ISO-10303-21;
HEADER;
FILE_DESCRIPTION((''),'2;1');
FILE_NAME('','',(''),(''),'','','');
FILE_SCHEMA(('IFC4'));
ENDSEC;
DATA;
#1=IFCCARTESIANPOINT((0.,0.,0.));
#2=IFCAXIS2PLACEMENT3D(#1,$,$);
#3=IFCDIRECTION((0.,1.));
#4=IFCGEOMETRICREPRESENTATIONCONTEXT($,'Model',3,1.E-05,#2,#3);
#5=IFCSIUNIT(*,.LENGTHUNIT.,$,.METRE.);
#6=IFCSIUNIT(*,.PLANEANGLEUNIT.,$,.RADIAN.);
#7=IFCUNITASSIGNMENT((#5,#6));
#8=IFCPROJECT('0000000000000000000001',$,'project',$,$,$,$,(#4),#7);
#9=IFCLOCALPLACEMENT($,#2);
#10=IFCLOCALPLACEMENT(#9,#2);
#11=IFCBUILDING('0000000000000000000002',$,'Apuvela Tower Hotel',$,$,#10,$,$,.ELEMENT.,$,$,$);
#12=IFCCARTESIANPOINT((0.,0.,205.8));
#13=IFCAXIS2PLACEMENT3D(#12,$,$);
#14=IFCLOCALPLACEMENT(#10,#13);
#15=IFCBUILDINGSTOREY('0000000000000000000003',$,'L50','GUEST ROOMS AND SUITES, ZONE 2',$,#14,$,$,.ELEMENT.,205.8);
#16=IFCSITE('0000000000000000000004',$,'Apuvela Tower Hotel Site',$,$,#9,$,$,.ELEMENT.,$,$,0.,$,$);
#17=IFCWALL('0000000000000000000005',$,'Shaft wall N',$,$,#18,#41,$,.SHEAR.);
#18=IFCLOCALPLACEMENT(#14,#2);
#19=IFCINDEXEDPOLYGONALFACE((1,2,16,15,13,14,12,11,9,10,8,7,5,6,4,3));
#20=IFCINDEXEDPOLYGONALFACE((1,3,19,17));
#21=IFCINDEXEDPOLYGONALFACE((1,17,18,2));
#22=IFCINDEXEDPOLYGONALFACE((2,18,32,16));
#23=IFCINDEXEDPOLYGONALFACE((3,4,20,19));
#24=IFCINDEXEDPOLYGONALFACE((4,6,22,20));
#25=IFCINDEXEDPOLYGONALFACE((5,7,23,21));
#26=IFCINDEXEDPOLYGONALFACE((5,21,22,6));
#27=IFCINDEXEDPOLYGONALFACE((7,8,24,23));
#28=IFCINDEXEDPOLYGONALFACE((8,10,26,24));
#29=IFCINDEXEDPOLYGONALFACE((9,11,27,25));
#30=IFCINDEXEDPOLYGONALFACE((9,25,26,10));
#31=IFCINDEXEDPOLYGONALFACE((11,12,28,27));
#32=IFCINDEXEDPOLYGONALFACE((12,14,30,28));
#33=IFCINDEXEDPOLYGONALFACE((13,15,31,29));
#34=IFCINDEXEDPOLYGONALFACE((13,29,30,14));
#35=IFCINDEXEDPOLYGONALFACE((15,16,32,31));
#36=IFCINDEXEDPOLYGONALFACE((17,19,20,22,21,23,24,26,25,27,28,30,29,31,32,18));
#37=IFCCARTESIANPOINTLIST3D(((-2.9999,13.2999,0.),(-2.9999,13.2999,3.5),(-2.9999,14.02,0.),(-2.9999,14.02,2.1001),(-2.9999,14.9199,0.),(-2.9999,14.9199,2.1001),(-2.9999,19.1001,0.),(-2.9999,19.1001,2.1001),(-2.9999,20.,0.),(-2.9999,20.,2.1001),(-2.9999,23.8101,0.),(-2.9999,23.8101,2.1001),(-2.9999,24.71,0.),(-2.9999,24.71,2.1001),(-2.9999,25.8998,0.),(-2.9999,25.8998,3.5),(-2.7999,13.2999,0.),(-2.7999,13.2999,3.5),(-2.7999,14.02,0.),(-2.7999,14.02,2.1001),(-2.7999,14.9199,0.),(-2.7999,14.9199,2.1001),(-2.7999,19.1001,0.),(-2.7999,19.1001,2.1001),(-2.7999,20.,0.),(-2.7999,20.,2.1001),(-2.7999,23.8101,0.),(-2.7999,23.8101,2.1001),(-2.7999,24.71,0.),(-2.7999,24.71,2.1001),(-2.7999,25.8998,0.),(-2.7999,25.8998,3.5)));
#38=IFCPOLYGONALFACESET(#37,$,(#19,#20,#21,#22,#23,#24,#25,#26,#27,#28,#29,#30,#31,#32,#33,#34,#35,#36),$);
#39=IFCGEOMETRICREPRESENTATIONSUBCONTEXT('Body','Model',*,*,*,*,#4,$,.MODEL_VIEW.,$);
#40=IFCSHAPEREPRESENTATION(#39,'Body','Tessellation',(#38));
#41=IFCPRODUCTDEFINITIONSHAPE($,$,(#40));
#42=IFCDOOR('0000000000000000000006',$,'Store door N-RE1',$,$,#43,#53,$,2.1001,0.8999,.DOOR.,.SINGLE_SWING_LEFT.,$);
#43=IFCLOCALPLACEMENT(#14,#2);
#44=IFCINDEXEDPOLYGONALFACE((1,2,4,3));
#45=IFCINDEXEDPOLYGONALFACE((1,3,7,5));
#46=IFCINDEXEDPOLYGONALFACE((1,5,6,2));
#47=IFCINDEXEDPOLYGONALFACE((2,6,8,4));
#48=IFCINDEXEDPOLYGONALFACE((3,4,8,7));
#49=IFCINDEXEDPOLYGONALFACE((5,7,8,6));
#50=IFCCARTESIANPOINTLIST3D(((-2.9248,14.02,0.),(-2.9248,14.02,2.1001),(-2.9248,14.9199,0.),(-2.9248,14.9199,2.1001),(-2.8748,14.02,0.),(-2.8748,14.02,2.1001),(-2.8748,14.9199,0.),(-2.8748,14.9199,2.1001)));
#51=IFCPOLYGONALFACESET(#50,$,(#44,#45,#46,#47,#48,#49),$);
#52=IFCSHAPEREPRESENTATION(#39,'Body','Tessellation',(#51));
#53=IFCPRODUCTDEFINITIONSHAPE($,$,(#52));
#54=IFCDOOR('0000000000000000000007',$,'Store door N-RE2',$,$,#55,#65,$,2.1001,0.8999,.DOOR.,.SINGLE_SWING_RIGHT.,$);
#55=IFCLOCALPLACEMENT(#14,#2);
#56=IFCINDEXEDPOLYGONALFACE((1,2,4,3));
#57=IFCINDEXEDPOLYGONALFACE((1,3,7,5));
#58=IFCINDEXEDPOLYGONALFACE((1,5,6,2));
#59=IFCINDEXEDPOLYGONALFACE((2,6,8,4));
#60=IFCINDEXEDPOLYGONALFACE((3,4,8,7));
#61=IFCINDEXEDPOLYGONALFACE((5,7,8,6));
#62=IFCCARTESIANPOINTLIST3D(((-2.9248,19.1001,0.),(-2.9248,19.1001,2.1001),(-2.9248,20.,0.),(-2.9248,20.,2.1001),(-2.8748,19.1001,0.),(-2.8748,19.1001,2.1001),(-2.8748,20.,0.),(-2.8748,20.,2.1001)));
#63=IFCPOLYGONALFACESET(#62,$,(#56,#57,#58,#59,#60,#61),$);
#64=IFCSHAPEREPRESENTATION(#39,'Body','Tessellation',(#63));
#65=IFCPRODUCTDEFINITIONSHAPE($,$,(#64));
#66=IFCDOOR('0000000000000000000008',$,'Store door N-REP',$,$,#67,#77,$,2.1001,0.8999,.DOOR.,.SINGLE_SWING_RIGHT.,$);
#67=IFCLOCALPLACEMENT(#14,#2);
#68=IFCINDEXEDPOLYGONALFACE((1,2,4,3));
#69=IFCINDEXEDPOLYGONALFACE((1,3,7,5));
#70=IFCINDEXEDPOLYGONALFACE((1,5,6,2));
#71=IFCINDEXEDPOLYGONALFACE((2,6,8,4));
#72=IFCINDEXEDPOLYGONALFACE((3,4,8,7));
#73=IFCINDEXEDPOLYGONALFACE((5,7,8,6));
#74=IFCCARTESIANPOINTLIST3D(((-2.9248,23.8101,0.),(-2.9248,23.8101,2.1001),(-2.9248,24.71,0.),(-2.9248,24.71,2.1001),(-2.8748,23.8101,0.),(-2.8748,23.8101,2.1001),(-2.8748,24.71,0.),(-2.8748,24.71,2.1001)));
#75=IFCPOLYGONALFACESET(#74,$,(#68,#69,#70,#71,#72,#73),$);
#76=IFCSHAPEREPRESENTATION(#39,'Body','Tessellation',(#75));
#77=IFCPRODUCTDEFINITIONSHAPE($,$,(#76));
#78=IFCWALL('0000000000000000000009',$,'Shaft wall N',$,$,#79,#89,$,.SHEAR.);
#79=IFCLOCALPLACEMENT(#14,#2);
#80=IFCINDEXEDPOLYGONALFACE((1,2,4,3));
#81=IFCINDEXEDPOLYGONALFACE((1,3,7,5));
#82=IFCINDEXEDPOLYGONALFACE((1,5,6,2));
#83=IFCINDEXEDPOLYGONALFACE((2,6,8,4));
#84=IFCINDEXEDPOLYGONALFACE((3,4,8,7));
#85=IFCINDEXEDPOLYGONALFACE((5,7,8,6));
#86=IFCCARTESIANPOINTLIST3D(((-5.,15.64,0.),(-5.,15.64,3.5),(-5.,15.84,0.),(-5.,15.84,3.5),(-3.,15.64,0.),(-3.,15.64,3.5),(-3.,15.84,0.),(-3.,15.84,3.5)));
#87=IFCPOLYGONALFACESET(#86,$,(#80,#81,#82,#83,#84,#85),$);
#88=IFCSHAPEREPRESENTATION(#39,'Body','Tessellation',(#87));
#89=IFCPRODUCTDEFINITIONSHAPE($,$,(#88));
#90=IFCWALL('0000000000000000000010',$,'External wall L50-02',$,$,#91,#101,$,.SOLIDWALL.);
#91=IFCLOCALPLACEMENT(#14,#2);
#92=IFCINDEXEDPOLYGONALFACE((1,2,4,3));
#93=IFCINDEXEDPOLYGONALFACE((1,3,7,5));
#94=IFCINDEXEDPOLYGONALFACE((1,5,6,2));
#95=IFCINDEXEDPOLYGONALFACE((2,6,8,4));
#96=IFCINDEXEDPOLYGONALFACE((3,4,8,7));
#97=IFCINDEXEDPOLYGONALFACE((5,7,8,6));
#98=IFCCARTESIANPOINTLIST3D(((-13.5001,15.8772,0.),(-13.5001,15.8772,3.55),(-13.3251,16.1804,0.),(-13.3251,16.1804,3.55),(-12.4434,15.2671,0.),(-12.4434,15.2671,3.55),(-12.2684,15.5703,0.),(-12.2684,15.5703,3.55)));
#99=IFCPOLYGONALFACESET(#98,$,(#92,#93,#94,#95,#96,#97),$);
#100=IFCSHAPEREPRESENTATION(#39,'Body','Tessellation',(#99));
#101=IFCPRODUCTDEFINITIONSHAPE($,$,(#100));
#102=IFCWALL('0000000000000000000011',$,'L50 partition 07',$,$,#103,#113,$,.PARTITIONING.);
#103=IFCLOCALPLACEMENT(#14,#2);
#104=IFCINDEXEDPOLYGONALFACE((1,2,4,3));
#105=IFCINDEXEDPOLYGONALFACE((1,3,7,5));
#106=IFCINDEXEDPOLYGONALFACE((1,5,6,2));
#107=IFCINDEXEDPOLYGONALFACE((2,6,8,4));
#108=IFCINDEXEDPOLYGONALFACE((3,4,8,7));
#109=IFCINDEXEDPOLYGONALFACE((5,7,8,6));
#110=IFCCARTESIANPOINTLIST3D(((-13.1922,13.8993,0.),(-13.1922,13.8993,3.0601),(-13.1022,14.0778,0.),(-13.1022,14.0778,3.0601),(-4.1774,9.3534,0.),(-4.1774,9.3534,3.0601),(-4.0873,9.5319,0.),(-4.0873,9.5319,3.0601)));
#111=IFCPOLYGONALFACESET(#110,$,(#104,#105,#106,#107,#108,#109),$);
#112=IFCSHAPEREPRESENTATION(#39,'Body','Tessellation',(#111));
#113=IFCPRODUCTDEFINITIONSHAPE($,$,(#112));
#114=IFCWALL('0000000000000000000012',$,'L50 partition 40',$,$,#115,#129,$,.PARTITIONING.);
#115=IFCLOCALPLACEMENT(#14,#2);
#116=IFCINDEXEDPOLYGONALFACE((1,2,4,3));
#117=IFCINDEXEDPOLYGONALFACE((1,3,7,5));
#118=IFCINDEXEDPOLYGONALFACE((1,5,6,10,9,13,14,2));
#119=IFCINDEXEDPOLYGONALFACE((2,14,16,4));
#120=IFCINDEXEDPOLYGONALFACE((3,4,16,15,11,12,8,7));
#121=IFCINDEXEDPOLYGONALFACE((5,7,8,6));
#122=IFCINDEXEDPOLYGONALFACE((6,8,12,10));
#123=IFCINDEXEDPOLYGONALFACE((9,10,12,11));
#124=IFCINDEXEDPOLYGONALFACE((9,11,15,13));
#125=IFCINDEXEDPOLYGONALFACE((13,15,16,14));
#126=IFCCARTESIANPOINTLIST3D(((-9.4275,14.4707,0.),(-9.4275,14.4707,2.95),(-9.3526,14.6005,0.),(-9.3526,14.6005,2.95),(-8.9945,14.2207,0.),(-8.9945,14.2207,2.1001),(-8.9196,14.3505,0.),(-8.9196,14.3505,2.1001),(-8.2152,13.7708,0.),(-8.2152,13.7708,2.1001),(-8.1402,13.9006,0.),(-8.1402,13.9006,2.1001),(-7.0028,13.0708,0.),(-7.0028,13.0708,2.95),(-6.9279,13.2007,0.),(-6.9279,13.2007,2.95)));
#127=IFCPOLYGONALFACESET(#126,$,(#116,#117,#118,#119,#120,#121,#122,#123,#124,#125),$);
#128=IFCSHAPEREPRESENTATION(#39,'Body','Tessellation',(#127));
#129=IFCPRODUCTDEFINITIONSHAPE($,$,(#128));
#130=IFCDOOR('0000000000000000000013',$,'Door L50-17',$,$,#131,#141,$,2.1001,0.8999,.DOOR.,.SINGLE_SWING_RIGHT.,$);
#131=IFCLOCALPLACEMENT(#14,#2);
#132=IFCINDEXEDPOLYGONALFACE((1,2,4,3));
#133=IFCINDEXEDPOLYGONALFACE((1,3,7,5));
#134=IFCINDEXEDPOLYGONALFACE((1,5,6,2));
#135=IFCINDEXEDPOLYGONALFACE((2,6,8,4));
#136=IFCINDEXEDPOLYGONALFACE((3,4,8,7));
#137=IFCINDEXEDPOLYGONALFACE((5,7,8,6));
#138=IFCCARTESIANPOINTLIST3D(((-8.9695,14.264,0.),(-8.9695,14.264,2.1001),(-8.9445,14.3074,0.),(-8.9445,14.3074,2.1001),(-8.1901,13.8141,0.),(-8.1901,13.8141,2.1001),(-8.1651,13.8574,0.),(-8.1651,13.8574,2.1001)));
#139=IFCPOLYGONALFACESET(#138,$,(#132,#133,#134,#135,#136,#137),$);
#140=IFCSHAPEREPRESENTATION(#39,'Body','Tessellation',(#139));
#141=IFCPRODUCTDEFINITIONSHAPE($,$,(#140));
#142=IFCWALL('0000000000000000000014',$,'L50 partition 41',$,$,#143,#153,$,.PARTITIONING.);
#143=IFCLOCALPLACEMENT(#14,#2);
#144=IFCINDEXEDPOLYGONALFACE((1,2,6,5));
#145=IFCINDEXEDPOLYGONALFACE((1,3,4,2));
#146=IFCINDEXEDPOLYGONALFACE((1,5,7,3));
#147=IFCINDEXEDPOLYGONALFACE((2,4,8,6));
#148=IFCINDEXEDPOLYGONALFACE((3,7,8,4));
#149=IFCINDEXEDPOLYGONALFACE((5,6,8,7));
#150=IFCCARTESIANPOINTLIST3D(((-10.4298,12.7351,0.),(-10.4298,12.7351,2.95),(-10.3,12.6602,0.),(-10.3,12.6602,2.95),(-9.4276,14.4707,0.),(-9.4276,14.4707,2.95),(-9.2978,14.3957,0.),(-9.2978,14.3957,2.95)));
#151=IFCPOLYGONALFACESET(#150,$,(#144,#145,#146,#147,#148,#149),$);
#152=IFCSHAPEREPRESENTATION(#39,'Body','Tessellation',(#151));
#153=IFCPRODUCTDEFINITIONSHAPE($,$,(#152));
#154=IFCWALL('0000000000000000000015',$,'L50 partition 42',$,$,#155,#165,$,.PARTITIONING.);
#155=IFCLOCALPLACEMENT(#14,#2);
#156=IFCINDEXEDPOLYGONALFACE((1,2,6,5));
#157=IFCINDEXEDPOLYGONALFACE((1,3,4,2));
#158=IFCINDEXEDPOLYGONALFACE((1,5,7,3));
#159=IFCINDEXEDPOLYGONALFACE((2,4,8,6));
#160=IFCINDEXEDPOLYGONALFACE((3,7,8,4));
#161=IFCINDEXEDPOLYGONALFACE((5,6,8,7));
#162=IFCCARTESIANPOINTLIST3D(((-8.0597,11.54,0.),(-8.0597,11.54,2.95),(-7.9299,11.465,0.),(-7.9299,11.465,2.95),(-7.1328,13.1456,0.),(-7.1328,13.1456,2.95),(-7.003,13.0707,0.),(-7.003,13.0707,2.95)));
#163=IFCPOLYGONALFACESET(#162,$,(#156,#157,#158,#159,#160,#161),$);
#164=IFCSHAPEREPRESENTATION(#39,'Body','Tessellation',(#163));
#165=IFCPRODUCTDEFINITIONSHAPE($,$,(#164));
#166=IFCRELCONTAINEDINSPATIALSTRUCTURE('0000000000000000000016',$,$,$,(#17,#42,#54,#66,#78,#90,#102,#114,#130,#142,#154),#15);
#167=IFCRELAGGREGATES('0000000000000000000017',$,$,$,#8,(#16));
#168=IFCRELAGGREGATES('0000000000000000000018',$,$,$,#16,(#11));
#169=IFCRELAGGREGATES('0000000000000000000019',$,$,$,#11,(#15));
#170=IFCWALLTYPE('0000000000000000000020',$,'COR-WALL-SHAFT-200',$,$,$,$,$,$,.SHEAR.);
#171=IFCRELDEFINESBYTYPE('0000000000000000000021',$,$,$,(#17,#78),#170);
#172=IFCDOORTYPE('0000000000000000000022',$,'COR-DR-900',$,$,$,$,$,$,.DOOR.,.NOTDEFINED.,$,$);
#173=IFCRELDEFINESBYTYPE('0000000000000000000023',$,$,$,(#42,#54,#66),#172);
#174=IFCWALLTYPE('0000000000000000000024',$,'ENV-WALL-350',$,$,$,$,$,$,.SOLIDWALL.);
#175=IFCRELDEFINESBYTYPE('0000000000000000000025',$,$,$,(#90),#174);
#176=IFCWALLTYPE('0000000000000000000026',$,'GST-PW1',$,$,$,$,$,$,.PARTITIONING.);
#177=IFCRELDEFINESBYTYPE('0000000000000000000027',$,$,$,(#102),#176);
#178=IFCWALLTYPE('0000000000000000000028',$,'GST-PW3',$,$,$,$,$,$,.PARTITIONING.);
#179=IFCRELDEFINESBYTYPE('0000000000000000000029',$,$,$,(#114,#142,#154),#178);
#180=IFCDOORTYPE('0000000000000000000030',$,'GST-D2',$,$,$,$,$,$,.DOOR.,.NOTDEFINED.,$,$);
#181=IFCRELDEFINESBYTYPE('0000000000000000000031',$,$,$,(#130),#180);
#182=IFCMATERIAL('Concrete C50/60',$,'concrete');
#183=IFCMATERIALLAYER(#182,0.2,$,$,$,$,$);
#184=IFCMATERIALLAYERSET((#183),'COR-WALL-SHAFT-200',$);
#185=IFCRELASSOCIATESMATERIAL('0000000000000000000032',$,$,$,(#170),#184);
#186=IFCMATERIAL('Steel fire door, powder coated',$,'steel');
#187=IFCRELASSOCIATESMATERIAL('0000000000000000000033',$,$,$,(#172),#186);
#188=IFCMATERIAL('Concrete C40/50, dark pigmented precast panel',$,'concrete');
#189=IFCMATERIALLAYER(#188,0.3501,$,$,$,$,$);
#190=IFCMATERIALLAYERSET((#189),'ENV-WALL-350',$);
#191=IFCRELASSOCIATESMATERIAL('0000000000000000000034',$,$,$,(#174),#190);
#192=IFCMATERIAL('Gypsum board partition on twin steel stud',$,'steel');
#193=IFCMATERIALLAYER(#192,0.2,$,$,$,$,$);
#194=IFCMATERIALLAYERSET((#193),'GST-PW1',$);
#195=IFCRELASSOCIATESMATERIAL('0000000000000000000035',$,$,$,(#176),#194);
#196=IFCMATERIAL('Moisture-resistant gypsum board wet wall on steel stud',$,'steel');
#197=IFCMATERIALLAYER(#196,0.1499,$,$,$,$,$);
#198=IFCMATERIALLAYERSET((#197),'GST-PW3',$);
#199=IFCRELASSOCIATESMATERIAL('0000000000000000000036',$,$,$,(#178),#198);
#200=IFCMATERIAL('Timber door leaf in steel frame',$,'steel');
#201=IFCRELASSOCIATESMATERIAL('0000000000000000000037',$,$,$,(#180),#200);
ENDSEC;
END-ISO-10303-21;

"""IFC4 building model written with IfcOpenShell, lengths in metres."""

from ifc_helpers import new_model, si_unit, direction, frame, frame_2d, origin, place, context, subcontext, project, spatial, rectangle, extrude, material, layer, layer_set, type_object, element, fill, save


model = new_model("IFC4")

# Units and contexts
model_context = context("Model", 3, precision=1e-05, world=origin(), true_north=direction((0.0, 1.0)))
body_context = subcontext(model_context, "Body", "Model", "MODEL_VIEW")
ifc_project = project(units=[si_unit("LENGTHUNIT", "METRE"), si_unit("PLANEANGLEUNIT", "RADIAN")], contexts=[model_context])

# Site, building, storey
site_placement = place(None, origin())
site = spatial("IfcSite", under=ifc_project, at=site_placement, Name="Apuvela Tower Hotel Site", CompositionType="ELEMENT", RefElevation=0.0)
building_placement = place(site_placement, origin())
building = spatial("IfcBuilding", under=site, at=building_placement, Name="Apuvela Tower Hotel", CompositionType="ELEMENT")
storey_placement = place(building_placement, frame((0.0, 0.0, 205.8)))
storey = spatial("IfcBuildingStorey", under=building, at=storey_placement, Name="L50", Description="GUEST ROOMS AND SUITES, ZONE 2", CompositionType="ELEMENT", Elevation=205.8)

# Shared definitions
ifc_material_1 = material(Name="Concrete C50/60", Category="concrete")
ifc_layer_1 = layer(ifc_material_1, 0.2)
ifc_layer_set_1 = layer_set([ifc_layer_1], Name="COR-WALL-SHAFT-200")
wall_type_1 = type_object("IfcWallType", Name="COR-WALL-SHAFT-200", PredefinedType="SHEAR", material=ifc_layer_set_1)

# Wall, openings, doors
wall_1_placement = place(storey_placement, frame((-2.8999, 13.3, 0.0), z_axis=(0.0, 0.0, 1.0), x_axis=(0.0, 1.0, 0.0)))
wall_1 = element("IfcWall", 1, at=wall_1_placement, inside=storey, type_object=wall_type_1, Name="Shaft wall N", PredefinedType="SHEAR", context=body_context, shape_type="SweptSolid", body=[
    extrude(rectangle(XDim=12.5999, YDim=0.2, at=frame_2d((6.2998, 0.0))), origin(), (0.0, 0.0, 1.0), 3.5),
])
opening_1_placement = place(wall_1_placement, frame((0.72, 0.0, 0.0)))
opening_1 = element("IfcOpeningElement", 2, at=opening_1_placement, cuts=wall_1, PredefinedType="OPENING", context=body_context, shape_type="SweptSolid", body=[
    extrude(rectangle(XDim=0.8999, YDim=2.1001, at=frame_2d((0.45, 1.05))), frame((0.0, 0.1099, 0.0), z_axis=(0.0, -1.0, 0.0), x_axis=(1.0, 0.0, 0.0)), (0.0, 0.0, 1.0), 0.22),
])
opening_2_placement = place(wall_1_placement, frame((5.8, 0.0, 0.0)))
opening_2 = element("IfcOpeningElement", 3, at=opening_2_placement, cuts=wall_1, PredefinedType="OPENING", context=body_context, shape_type="SweptSolid", body=[
    extrude(rectangle(XDim=0.8999, YDim=2.1001, at=frame_2d((0.45, 1.05))), frame((0.0, 0.1099, 0.0), z_axis=(0.0, -1.0, 0.0), x_axis=(1.0, 0.0, 0.0)), (0.0, 0.0, 1.0), 0.22),
])
opening_3_placement = place(wall_1_placement, frame((10.51, 0.0, 0.0)))
opening_3 = element("IfcOpeningElement", 4, at=opening_3_placement, cuts=wall_1, PredefinedType="OPENING", context=body_context, shape_type="SweptSolid", body=[
    extrude(rectangle(XDim=0.8999, YDim=2.1001, at=frame_2d((0.45, 1.05))), frame((0.0, 0.1099, 0.0), z_axis=(0.0, -1.0, 0.0), x_axis=(1.0, 0.0, 0.0)), (0.0, 0.0, 1.0), 0.22),
])
ifc_material_2 = material(Name="Steel fire door, powder coated", Category="steel")
door_type_1 = type_object("IfcDoorType", Name="COR-DR-900", OperationType="NOTDEFINED", PredefinedType="DOOR", material=ifc_material_2)
door_1_placement = place(opening_1_placement, origin())
door_1 = element("IfcDoor", 5, at=door_1_placement, inside=storey, type_object=door_type_1, Name="Store door N-RE1", OperationType="SINGLE_SWING_LEFT", OverallHeight=2.1001, OverallWidth=0.8999, PredefinedType="DOOR", context=body_context, shape_type="SweptSolid", body=[
    extrude(rectangle(XDim=0.8999, YDim=2.1001, at=frame_2d((0.45, 1.05))), frame((0.0, 0.0249, 0.0), z_axis=(0.0, -1.0, 0.0), x_axis=(1.0, 0.0, 0.0)), (0.0, 0.0, 1.0), 0.05),
])
fill(opening_1, door_1)
door_2_placement = place(opening_2_placement, origin())
door_2 = element("IfcDoor", 6, at=door_2_placement, inside=storey, type_object=door_type_1, Name="Store door N-RE2", OperationType="SINGLE_SWING_RIGHT", OverallHeight=2.1001, OverallWidth=0.8999, PredefinedType="DOOR", context=body_context, shape_type="SweptSolid", body=[
    extrude(rectangle(XDim=0.8999, YDim=2.1001, at=frame_2d((0.45, 1.05))), frame((0.0, 0.0249, 0.0), z_axis=(0.0, -1.0, 0.0), x_axis=(1.0, 0.0, 0.0)), (0.0, 0.0, 1.0), 0.05),
])
fill(opening_2, door_2)
door_3_placement = place(opening_3_placement, origin())
door_3 = element("IfcDoor", 7, at=door_3_placement, inside=storey, type_object=door_type_1, Name="Store door N-REP", OperationType="SINGLE_SWING_RIGHT", OverallHeight=2.1001, OverallWidth=0.8999, PredefinedType="DOOR", context=body_context, shape_type="SweptSolid", body=[
    extrude(rectangle(XDim=0.8999, YDim=2.1001, at=frame_2d((0.45, 1.05))), frame((0.0, 0.0249, 0.0), z_axis=(0.0, -1.0, 0.0), x_axis=(1.0, 0.0, 0.0)), (0.0, 0.0, 1.0), 0.05),
])
fill(opening_3, door_3)

# Walls
wall_2_placement = place(storey_placement, frame((-3.0, 15.74, 0.0), z_axis=(0.0, 0.0, 1.0), x_axis=(-1.0, 0.0, 0.0)))
element("IfcWall", 8, at=wall_2_placement, inside=storey, type_object=wall_type_1, Name="Shaft wall N", PredefinedType="SHEAR", context=body_context, shape_type="SweptSolid", body=[
    extrude(rectangle(XDim=2.0, YDim=0.2, at=frame_2d((1.0, 0.0))), origin(), (0.0, 0.0, 1.0), 3.5),
])
ifc_material_3 = material(Name="Concrete C40/50, dark pigmented precast panel", Category="concrete")
ifc_layer_2 = layer(ifc_material_3, 0.3501)
ifc_layer_set_2 = layer_set([ifc_layer_2], Name="ENV-WALL-350")
wall_type_2 = type_object("IfcWallType", Name="ENV-WALL-350", PredefinedType="SOLIDWALL", material=ifc_layer_set_2)
wall_3_placement = place(storey_placement, frame((-13.4126, 16.0288, 0.0), z_axis=(0.0, 0.0, 1.0), x_axis=(0.866006, -0.500034, 0.0)))
element("IfcWall", 9, at=wall_3_placement, inside=storey, type_object=wall_type_2, Name="External wall L50-02", PredefinedType="SOLIDWALL", context=body_context, shape_type="SweptSolid", body=[
    extrude(rectangle(XDim=1.2202, YDim=0.3501, at=frame_2d((0.6101, 0.0))), origin(), (0.0, 0.0, 1.0), 3.55),
])

# Wall
ifc_material_4 = material(Name="Gypsum board partition on twin steel stud", Category="steel")
ifc_layer_3 = layer(ifc_material_4, 0.2)
ifc_layer_set_3 = layer_set([ifc_layer_3], Name="GST-PW1")
wall_type_3 = type_object("IfcWallType", Name="GST-PW1", PredefinedType="PARTITIONING", material=ifc_layer_set_3)
wall_4_placement = place(storey_placement, frame((-13.1472, 13.9885, 0.0), z_axis=(0.0, 0.0, 1.0), x_axis=(0.892899, -0.450258, 0.0)))
element("IfcWall", 10, at=wall_4_placement, inside=storey, type_object=wall_type_3, Name="L50 partition 07", PredefinedType="PARTITIONING", context=body_context, shape_type="SweptSolid", body=[
    extrude(rectangle(XDim=10.0962, YDim=0.2, at=frame_2d((5.0481, 0.0))), origin(), (0.0, 0.0, 1.0), 3.0601),
])

# Wall, opening, door
ifc_material_5 = material(Name="Moisture-resistant gypsum board wet wall on steel stud", Category="steel")
ifc_layer_4 = layer(ifc_material_5, 0.1499)
ifc_layer_set_4 = layer_set([ifc_layer_4], Name="GST-PW3")
wall_type_4 = type_object("IfcWallType", Name="GST-PW3", PredefinedType="PARTITIONING", material=ifc_layer_set_4)
wall_5_placement = place(storey_placement, frame((-6.9653, 13.1357, 0.0), z_axis=(0.0, 0.0, 1.0), x_axis=(-0.866035, 0.499984, 0.0)))
wall_5 = element("IfcWall", 11, at=wall_5_placement, inside=storey, type_object=wall_type_4, Name="L50 partition 40", PredefinedType="PARTITIONING", context=body_context, shape_type="SweptSolid", body=[
    extrude(rectangle(XDim=2.7998, YDim=0.1499, at=frame_2d((1.3999, 0.0))), origin(), (0.0, 0.0, 1.0), 2.95),
])
opening_4_placement = place(wall_5_placement, frame((1.3999, 0.0, 0.0)))
opening_4 = element("IfcOpeningElement", 12, at=opening_4_placement, cuts=wall_5, PredefinedType="OPENING", context=body_context, shape_type="SweptSolid", body=[
    extrude(rectangle(XDim=0.8999, YDim=2.1001, at=frame_2d((0.45, 1.05))), frame((0.0, 0.085, 0.0), z_axis=(0.0, -1.0, 0.0), x_axis=(1.0, 0.0, 0.0)), (0.0, 0.0, 1.0), 0.1699),
])
ifc_material_6 = material(Name="Timber door leaf in steel frame", Category="steel")
door_type_2 = type_object("IfcDoorType", Name="GST-D2", OperationType="NOTDEFINED", PredefinedType="DOOR", material=ifc_material_6)
door_4_placement = place(opening_4_placement, origin())
door_4 = element("IfcDoor", 13, at=door_4_placement, inside=storey, type_object=door_type_2, Name="Door L50-17", OperationType="SINGLE_SWING_RIGHT", OverallHeight=2.1001, OverallWidth=0.8999, PredefinedType="DOOR", context=body_context, shape_type="SweptSolid", body=[
    extrude(rectangle(XDim=0.8999, YDim=2.1001, at=frame_2d((0.45, 1.05))), frame((0.0, 0.0249, 0.0), z_axis=(0.0, -1.0, 0.0), x_axis=(1.0, 0.0, 0.0)), (0.0, 0.0, 1.0), 0.05),
])
fill(opening_4, door_4)

# Walls
wall_6_placement = place(storey_placement, frame((-9.3628, 14.4331, 0.0), z_axis=(0.0, 0.0, 1.0), x_axis=(-0.500056, -0.865993, 0.0)))
element("IfcWall", 14, at=wall_6_placement, inside=storey, type_object=wall_type_4, Name="L50 partition 41", PredefinedType="PARTITIONING", context=body_context, shape_type="SweptSolid", body=[
    extrude(rectangle(XDim=2.0042, YDim=0.1499, at=frame_2d((1.002, 0.0))), origin(), (0.0, 0.0, 1.0), 2.95),
])
wall_7_placement = place(storey_placement, frame((-7.0679, 13.1082, 0.0), z_axis=(0.0, 0.0, 1.0), x_axis=(-0.499977, -0.866039, 0.0)))
element("IfcWall", 15, at=wall_7_placement, inside=storey, type_object=wall_type_4, Name="L50 partition 42", PredefinedType="PARTITIONING", context=body_context, shape_type="SweptSolid", body=[
    extrude(rectangle(XDim=1.854, YDim=0.1499, at=frame_2d((0.927, 0.0))), origin(), (0.0, 0.0, 1.0), 2.95),
])

save(model, "model.ifc")
